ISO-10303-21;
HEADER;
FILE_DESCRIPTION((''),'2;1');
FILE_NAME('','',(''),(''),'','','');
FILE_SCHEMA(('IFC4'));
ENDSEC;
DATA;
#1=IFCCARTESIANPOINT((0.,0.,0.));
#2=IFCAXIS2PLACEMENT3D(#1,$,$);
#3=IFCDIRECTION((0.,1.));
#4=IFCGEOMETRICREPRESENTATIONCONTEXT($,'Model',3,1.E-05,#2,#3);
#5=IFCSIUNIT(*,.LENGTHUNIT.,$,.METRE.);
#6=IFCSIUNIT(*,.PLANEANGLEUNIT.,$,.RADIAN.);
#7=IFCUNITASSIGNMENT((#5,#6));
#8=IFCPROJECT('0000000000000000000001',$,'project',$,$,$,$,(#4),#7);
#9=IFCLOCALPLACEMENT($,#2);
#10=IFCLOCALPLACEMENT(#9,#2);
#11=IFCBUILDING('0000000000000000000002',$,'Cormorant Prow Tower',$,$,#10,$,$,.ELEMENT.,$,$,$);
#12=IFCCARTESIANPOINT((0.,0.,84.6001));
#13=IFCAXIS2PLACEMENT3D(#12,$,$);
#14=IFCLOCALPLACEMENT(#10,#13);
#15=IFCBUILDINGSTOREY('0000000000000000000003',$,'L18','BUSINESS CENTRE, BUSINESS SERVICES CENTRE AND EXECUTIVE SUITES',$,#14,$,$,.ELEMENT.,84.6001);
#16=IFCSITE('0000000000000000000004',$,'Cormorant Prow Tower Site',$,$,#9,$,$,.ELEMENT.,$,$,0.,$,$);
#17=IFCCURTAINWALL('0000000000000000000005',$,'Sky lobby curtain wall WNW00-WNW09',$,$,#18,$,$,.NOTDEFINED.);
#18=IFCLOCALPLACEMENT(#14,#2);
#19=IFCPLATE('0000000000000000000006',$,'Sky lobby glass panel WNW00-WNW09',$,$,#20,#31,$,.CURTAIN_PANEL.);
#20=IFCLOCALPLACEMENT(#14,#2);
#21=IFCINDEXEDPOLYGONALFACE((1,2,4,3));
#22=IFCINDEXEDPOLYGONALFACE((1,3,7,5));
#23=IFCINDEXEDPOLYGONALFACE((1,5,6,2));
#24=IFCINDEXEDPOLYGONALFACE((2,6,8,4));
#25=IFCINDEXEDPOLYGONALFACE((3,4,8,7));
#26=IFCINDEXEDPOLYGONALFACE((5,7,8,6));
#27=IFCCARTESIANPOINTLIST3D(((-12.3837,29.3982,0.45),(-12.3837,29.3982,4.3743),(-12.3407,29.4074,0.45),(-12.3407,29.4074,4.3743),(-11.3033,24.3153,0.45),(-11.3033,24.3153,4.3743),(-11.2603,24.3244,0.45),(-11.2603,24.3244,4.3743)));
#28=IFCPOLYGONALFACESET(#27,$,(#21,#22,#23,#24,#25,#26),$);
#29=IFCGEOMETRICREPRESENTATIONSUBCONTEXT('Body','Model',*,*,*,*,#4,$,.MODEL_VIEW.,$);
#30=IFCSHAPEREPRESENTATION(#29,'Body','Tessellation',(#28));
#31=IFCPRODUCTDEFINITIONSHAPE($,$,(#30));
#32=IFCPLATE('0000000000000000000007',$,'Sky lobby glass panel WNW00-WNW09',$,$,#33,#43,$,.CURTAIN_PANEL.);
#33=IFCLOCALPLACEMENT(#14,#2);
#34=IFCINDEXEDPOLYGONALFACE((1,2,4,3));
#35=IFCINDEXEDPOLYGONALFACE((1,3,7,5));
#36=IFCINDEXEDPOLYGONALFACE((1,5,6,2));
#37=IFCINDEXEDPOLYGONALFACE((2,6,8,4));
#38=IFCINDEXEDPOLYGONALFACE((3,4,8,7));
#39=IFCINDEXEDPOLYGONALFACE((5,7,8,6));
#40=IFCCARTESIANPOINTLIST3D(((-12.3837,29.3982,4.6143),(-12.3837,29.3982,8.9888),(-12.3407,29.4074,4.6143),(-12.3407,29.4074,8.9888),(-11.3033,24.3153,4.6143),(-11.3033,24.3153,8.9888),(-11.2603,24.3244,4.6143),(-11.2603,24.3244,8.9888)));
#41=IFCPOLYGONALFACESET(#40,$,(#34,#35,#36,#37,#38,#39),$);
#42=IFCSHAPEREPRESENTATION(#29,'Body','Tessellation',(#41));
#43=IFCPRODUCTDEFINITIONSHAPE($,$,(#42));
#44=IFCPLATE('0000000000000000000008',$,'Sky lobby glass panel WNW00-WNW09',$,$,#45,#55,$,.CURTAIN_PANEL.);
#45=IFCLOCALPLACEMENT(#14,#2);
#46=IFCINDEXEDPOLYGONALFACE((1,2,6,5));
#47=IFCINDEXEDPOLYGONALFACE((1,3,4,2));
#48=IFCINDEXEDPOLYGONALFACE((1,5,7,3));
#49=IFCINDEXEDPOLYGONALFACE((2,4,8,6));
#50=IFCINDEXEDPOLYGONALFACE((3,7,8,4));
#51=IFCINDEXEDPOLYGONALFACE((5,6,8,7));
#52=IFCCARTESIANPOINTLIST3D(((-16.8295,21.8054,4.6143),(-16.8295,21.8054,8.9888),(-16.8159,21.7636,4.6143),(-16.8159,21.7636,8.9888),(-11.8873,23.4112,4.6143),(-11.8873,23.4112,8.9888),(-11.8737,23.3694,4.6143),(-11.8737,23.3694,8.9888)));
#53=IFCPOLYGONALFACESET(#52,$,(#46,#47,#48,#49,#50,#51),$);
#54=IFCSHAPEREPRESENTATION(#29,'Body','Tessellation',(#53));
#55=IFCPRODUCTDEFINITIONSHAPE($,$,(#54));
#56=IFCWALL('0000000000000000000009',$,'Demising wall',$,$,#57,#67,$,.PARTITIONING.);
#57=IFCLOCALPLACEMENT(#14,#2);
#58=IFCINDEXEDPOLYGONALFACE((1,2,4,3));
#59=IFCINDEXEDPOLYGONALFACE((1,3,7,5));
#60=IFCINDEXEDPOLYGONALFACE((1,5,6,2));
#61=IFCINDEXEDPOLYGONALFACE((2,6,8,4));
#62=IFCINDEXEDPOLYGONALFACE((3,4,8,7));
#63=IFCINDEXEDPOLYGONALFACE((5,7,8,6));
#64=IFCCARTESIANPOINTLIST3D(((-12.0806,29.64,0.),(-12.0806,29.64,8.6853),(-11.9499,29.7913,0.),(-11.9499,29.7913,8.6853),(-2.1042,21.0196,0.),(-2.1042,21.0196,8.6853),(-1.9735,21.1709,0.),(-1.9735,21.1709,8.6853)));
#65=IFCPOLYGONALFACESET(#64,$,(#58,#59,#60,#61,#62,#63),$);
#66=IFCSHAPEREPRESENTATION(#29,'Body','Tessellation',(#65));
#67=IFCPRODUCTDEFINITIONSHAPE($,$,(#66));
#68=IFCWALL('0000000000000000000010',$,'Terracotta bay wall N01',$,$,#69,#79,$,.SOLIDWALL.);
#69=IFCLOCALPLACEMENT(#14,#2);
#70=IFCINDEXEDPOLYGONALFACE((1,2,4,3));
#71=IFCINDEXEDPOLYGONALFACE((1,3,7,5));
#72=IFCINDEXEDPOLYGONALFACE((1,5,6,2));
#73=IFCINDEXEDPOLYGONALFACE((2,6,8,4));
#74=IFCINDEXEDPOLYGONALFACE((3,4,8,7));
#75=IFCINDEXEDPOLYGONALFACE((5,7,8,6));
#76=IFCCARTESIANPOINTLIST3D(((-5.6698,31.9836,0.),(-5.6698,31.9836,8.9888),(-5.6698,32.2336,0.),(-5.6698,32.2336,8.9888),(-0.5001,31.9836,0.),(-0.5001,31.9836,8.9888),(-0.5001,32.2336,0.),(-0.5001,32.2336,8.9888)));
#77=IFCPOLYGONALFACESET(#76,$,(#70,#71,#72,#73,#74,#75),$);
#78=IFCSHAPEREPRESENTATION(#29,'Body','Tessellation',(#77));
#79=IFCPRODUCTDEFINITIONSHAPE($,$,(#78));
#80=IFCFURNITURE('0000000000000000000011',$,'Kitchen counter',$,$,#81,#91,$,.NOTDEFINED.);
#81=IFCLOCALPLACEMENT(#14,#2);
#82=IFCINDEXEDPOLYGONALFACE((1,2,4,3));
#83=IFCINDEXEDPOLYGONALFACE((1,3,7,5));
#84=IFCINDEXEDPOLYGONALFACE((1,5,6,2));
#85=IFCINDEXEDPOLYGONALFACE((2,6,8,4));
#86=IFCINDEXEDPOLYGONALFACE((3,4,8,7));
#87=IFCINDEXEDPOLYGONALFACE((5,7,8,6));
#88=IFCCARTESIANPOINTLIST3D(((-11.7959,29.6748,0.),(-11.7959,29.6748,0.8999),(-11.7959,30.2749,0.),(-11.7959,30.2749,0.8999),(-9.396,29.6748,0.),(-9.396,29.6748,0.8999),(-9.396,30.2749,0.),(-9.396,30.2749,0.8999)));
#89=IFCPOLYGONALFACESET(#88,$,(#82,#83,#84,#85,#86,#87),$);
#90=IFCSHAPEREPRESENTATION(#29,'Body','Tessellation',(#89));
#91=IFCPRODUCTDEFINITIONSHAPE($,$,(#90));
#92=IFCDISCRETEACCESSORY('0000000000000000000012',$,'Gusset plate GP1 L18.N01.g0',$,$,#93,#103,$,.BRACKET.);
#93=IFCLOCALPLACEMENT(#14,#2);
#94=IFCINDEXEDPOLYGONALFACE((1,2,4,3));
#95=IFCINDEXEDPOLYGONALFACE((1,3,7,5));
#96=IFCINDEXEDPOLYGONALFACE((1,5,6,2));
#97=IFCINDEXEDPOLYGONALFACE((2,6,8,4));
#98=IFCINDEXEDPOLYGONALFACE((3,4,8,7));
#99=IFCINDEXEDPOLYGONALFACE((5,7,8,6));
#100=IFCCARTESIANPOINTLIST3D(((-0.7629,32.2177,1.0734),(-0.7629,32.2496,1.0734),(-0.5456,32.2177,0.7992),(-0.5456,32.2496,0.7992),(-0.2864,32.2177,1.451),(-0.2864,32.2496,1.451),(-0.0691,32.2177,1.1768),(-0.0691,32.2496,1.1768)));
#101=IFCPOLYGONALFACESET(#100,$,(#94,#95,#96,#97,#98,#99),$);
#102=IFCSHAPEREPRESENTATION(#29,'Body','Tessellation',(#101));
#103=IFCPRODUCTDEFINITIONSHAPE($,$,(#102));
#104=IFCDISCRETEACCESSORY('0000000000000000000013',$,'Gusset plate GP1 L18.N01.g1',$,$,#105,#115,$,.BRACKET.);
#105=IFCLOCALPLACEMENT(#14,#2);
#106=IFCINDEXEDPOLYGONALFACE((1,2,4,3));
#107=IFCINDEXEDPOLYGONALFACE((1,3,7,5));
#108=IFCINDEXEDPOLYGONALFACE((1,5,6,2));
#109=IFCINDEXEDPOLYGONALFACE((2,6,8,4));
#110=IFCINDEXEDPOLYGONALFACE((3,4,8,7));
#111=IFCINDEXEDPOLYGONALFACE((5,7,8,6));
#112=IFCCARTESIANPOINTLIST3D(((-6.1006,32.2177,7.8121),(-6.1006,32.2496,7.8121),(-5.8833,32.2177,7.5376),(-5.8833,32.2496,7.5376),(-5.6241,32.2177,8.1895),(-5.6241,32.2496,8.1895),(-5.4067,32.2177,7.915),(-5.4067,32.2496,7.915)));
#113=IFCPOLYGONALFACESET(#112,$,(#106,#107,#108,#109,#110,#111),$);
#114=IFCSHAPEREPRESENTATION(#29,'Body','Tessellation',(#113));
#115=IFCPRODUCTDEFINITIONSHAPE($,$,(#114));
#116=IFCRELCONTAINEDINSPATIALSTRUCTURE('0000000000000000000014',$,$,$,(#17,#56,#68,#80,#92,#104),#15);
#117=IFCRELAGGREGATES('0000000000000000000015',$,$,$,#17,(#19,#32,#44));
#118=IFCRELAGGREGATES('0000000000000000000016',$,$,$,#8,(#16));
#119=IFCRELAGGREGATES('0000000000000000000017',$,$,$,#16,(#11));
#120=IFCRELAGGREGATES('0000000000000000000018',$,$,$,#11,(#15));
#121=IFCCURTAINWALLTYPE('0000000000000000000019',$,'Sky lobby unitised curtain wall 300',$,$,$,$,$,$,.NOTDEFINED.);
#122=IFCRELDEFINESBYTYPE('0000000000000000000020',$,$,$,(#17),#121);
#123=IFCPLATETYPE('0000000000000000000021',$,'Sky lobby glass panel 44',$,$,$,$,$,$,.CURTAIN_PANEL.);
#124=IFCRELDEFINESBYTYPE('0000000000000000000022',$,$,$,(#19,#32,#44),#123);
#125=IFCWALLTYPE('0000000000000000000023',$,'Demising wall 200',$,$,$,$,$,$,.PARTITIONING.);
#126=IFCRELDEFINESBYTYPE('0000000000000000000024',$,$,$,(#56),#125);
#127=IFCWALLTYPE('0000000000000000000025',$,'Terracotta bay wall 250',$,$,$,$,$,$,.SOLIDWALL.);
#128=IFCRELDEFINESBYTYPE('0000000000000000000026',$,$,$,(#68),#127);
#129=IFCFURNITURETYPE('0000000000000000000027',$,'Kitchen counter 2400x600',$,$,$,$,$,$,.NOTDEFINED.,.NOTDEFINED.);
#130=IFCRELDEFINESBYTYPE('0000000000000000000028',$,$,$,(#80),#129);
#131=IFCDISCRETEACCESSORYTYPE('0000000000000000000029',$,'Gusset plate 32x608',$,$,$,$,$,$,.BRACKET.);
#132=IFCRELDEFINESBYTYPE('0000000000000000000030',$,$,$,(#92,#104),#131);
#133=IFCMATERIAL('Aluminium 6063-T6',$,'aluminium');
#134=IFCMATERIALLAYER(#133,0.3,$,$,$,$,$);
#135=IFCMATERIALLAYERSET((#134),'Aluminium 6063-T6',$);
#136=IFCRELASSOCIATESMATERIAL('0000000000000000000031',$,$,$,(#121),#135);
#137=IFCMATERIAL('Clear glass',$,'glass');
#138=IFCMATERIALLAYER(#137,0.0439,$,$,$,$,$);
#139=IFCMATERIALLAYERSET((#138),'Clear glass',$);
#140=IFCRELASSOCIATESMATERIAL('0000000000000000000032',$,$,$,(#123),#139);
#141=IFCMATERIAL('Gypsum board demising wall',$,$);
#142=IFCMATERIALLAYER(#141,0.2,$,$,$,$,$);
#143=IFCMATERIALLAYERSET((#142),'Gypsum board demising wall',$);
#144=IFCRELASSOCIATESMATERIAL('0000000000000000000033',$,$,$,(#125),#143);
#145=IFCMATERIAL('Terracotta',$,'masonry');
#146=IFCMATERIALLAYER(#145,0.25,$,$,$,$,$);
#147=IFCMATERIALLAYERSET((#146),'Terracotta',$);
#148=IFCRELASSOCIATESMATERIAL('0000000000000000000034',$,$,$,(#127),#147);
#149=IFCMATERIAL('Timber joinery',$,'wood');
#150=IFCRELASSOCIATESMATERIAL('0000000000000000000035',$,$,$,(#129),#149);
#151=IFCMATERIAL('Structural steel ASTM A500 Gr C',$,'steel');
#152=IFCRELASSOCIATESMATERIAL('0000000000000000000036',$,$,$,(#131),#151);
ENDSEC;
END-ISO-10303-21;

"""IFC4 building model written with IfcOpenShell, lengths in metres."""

from ifc_helpers import new_model, si_unit, direction, frame, frame_2d, origin, origin_2d, place, context, subcontext, project, spatial, rectangle, extrude, material, layer, layer_set, material_profile, profile_set, type_object, element, aggregate, save


model = new_model("IFC4")

# Units and contexts
model_context = context("Model", 3, precision=1e-05, world=origin(), true_north=direction((0.0, 1.0)))
body_context = subcontext(model_context, "Body", "Model", "MODEL_VIEW")
ifc_project = project(units=[si_unit("LENGTHUNIT", "METRE"), si_unit("PLANEANGLEUNIT", "RADIAN")], contexts=[model_context])

# Site, building, storey
site_placement = place(None, origin())
site = spatial("IfcSite", under=ifc_project, at=site_placement, Name="Cormorant Prow Tower Site", CompositionType="ELEMENT", RefElevation=0.0)
building_placement = place(site_placement, origin())
building = spatial("IfcBuilding", under=site, at=building_placement, Name="Cormorant Prow Tower", CompositionType="ELEMENT")
storey_placement = place(building_placement, frame((0.0, 0.0, 84.6001)))
storey = spatial("IfcBuildingStorey", under=building, at=storey_placement, Name="L18", Description="BUSINESS CENTRE, BUSINESS SERVICES CENTRE AND EXECUTIVE SUITES", CompositionType="ELEMENT", Elevation=84.6001)

# Curtain wall
ifc_material_1 = material(Name="Aluminium 6063-T6", Category="aluminium")
ifc_layer_1 = layer(ifc_material_1, 0.3)
ifc_layer_set_1 = layer_set([ifc_layer_1], Name="Aluminium 6063-T6")
curtain_wall_type = type_object("IfcCurtainWallType", Name="Sky lobby unitised curtain wall 300", PredefinedType="NOTDEFINED", material=ifc_layer_set_1)
curtain_wall_placement = place(storey_placement, origin())
curtain_wall = element("IfcCurtainWall", 1, at=curtain_wall_placement, inside=storey, type_object=curtain_wall_type, Name="Sky lobby curtain wall WNW00-WNW09", PredefinedType="NOTDEFINED")

# Plates
ifc_material_2 = material(Name="Clear glass", Category="glass")
ifc_layer_2 = layer(ifc_material_2, 0.0439)
ifc_layer_set_2 = layer_set([ifc_layer_2], Name="Clear glass")
plate_type = type_object("IfcPlateType", Name="Sky lobby glass panel 44", PredefinedType="CURTAIN_PANEL", material=ifc_layer_set_2)
plate_1_placement = place(storey_placement, frame((-11.822, 26.8613, 0.45), z_axis=(0.0, 0.0, 1.0), x_axis=(0.207912, -0.978148, 0.0)))
plate_1 = element("IfcPlate", 2, at=plate_1_placement, type_object=plate_type, Name="Sky lobby glass panel WNW00-WNW09", PredefinedType="CURTAIN_PANEL", context=body_context, shape_type="SweptSolid", body=[
    extrude(rectangle(XDim=5.1965, YDim=0.0439, at=origin_2d()), origin(), (0.0, 0.0, 1.0), 3.9243),
])
plate_2_placement = place(storey_placement, frame((-11.822, 26.8613, 4.6143), z_axis=(0.0, 0.0, 1.0), x_axis=(0.207912, -0.978148, 0.0)))
plate_2 = element("IfcPlate", 3, at=plate_2_placement, type_object=plate_type, Name="Sky lobby glass panel WNW00-WNW09", PredefinedType="CURTAIN_PANEL", context=body_context, shape_type="SweptSolid", body=[
    extrude(rectangle(XDim=5.1965, YDim=0.0439, at=origin_2d()), origin(), (0.0, 0.0, 1.0), 4.3745),
])
plate_3_placement = place(storey_placement, frame((-14.3516, 22.5874, 4.6143), z_axis=(0.0, 0.0, 1.0), x_axis=(-0.951057, -0.309017, 0.0)))
plate_3 = element("IfcPlate", 4, at=plate_3_placement, type_object=plate_type, Name="Sky lobby glass panel WNW00-WNW09", PredefinedType="CURTAIN_PANEL", context=body_context, shape_type="SweptSolid", body=[
    extrude(rectangle(XDim=5.1965, YDim=0.0439, at=origin_2d()), origin(), (0.0, 0.0, 1.0), 4.3745),
])
aggregate(curtain_wall, [plate_1, plate_2, plate_3])

# Walls
ifc_material_3 = material(Name="Gypsum board demising wall")
ifc_layer_3 = layer(ifc_material_3, 0.2)
ifc_layer_set_3 = layer_set([ifc_layer_3], Name="Gypsum board demising wall")
wall_type_1 = type_object("IfcWallType", Name="Demising wall 200", PredefinedType="PARTITIONING", material=ifc_layer_set_3)
wall_1_placement = place(storey_placement, frame((-12.0151, 29.7156, 0.0), z_axis=(0.0, 0.0, 1.0), x_axis=(0.756656, -0.653813, 0.0)))
element("IfcWall", 5, at=wall_1_placement, inside=storey, type_object=wall_type_1, Name="Demising wall", PredefinedType="PARTITIONING", context=body_context, shape_type="SweptSolid", body=[
    extrude(rectangle(XDim=13.1848, YDim=0.2, at=frame_2d((6.5923, 0.0))), origin(), (0.0, 0.0, 1.0), 8.6853),
])
ifc_material_4 = material(Name="Terracotta", Category="masonry")
ifc_layer_4 = layer(ifc_material_4, 0.25)
ifc_layer_set_4 = layer_set([ifc_layer_4], Name="Terracotta")
wall_type_2 = type_object("IfcWallType", Name="Terracotta bay wall 250", PredefinedType="SOLIDWALL", material=ifc_layer_set_4)
wall_2_placement = place(storey_placement, frame((-0.5, 32.1086, 0.0), z_axis=(0.0, 0.0, 1.0), x_axis=(-1.0, 0.0, 0.0)))
element("IfcWall", 6, at=wall_2_placement, inside=storey, type_object=wall_type_2, Name="Terracotta bay wall N01", PredefinedType="SOLIDWALL", context=body_context, shape_type="SweptSolid", body=[
    extrude(rectangle(XDim=5.1697, YDim=0.25, at=frame_2d((2.585, 0.0))), origin(), (0.0, 0.0, 1.0), 8.9888),
])

# Furniture
ifc_material_5 = material(Name="Timber joinery", Category="wood")
furniture_type = type_object("IfcFurnitureType", Name="Kitchen counter 2400x600", AssemblyPlace="NOTDEFINED", PredefinedType="NOTDEFINED", material=ifc_material_5)
furniture_placement = place(storey_placement, frame((-10.5959, 29.9749, 0.0), z_axis=(0.0, 0.0, 1.0), x_axis=(1.0, 0.0, 0.0)))
element("IfcFurniture", 7, at=furniture_placement, inside=storey, type_object=furniture_type, Name="Kitchen counter", PredefinedType="NOTDEFINED", context=body_context, shape_type="SweptSolid", body=[
    extrude(rectangle(XDim=2.3999, YDim=0.6001, at=origin_2d()), origin(), (0.0, 0.0, 1.0), 0.8999),
])

# Discrete accessories
ifc_material_6 = material(Name="Structural steel ASTM A500 Gr C", Category="steel")
ifc_material_profile_1 = material_profile(ifc_material_6, rectangle(XDim=0.032, YDim=0.6079, at=origin_2d()), Name="Gusset plate 32x608")
ifc_profile_set_1 = profile_set([ifc_material_profile_1], Name="Structural steel ASTM A500 Gr C")
discrete_accessory_type = type_object("IfcDiscreteAccessoryType", Name="Gusset plate 32x608", PredefinedType="BRACKET", material=ifc_profile_set_1)
discrete_accessory_1_placement = place(storey_placement, frame((-0.5247, 32.2336, 1.2622), z_axis=(0.621114, 0.0, -0.78372), x_axis=(0.0, 1.0, 0.0)))
element("IfcDiscreteAccessory", 8, at=discrete_accessory_1_placement, inside=storey, type_object=discrete_accessory_type, Name="Gusset plate GP1 L18.N01.g0", PredefinedType="BRACKET", context=body_context, shape_type="SweptSolid", body=[
    extrude(rectangle(XDim=0.032, YDim=0.6079, at=origin_2d()), origin(), (0.0, 0.0, 1.0), 0.3499),
])
discrete_accessory_2_placement = place(storey_placement, frame((-5.645, 32.2336, 7.7263), z_axis=(-0.620774, 0.0, 0.783989), x_axis=(0.0, -1.0, 0.0)))
element("IfcDiscreteAccessory", 9, at=discrete_accessory_2_placement, inside=storey, type_object=discrete_accessory_type, Name="Gusset plate GP1 L18.N01.g1", PredefinedType="BRACKET", context=body_context, shape_type="SweptSolid", body=[
    extrude(rectangle(XDim=0.032, YDim=0.6079, at=origin_2d()), origin(), (0.0, 0.0, 1.0), 0.3501),
])

save(model, "model.ifc")
